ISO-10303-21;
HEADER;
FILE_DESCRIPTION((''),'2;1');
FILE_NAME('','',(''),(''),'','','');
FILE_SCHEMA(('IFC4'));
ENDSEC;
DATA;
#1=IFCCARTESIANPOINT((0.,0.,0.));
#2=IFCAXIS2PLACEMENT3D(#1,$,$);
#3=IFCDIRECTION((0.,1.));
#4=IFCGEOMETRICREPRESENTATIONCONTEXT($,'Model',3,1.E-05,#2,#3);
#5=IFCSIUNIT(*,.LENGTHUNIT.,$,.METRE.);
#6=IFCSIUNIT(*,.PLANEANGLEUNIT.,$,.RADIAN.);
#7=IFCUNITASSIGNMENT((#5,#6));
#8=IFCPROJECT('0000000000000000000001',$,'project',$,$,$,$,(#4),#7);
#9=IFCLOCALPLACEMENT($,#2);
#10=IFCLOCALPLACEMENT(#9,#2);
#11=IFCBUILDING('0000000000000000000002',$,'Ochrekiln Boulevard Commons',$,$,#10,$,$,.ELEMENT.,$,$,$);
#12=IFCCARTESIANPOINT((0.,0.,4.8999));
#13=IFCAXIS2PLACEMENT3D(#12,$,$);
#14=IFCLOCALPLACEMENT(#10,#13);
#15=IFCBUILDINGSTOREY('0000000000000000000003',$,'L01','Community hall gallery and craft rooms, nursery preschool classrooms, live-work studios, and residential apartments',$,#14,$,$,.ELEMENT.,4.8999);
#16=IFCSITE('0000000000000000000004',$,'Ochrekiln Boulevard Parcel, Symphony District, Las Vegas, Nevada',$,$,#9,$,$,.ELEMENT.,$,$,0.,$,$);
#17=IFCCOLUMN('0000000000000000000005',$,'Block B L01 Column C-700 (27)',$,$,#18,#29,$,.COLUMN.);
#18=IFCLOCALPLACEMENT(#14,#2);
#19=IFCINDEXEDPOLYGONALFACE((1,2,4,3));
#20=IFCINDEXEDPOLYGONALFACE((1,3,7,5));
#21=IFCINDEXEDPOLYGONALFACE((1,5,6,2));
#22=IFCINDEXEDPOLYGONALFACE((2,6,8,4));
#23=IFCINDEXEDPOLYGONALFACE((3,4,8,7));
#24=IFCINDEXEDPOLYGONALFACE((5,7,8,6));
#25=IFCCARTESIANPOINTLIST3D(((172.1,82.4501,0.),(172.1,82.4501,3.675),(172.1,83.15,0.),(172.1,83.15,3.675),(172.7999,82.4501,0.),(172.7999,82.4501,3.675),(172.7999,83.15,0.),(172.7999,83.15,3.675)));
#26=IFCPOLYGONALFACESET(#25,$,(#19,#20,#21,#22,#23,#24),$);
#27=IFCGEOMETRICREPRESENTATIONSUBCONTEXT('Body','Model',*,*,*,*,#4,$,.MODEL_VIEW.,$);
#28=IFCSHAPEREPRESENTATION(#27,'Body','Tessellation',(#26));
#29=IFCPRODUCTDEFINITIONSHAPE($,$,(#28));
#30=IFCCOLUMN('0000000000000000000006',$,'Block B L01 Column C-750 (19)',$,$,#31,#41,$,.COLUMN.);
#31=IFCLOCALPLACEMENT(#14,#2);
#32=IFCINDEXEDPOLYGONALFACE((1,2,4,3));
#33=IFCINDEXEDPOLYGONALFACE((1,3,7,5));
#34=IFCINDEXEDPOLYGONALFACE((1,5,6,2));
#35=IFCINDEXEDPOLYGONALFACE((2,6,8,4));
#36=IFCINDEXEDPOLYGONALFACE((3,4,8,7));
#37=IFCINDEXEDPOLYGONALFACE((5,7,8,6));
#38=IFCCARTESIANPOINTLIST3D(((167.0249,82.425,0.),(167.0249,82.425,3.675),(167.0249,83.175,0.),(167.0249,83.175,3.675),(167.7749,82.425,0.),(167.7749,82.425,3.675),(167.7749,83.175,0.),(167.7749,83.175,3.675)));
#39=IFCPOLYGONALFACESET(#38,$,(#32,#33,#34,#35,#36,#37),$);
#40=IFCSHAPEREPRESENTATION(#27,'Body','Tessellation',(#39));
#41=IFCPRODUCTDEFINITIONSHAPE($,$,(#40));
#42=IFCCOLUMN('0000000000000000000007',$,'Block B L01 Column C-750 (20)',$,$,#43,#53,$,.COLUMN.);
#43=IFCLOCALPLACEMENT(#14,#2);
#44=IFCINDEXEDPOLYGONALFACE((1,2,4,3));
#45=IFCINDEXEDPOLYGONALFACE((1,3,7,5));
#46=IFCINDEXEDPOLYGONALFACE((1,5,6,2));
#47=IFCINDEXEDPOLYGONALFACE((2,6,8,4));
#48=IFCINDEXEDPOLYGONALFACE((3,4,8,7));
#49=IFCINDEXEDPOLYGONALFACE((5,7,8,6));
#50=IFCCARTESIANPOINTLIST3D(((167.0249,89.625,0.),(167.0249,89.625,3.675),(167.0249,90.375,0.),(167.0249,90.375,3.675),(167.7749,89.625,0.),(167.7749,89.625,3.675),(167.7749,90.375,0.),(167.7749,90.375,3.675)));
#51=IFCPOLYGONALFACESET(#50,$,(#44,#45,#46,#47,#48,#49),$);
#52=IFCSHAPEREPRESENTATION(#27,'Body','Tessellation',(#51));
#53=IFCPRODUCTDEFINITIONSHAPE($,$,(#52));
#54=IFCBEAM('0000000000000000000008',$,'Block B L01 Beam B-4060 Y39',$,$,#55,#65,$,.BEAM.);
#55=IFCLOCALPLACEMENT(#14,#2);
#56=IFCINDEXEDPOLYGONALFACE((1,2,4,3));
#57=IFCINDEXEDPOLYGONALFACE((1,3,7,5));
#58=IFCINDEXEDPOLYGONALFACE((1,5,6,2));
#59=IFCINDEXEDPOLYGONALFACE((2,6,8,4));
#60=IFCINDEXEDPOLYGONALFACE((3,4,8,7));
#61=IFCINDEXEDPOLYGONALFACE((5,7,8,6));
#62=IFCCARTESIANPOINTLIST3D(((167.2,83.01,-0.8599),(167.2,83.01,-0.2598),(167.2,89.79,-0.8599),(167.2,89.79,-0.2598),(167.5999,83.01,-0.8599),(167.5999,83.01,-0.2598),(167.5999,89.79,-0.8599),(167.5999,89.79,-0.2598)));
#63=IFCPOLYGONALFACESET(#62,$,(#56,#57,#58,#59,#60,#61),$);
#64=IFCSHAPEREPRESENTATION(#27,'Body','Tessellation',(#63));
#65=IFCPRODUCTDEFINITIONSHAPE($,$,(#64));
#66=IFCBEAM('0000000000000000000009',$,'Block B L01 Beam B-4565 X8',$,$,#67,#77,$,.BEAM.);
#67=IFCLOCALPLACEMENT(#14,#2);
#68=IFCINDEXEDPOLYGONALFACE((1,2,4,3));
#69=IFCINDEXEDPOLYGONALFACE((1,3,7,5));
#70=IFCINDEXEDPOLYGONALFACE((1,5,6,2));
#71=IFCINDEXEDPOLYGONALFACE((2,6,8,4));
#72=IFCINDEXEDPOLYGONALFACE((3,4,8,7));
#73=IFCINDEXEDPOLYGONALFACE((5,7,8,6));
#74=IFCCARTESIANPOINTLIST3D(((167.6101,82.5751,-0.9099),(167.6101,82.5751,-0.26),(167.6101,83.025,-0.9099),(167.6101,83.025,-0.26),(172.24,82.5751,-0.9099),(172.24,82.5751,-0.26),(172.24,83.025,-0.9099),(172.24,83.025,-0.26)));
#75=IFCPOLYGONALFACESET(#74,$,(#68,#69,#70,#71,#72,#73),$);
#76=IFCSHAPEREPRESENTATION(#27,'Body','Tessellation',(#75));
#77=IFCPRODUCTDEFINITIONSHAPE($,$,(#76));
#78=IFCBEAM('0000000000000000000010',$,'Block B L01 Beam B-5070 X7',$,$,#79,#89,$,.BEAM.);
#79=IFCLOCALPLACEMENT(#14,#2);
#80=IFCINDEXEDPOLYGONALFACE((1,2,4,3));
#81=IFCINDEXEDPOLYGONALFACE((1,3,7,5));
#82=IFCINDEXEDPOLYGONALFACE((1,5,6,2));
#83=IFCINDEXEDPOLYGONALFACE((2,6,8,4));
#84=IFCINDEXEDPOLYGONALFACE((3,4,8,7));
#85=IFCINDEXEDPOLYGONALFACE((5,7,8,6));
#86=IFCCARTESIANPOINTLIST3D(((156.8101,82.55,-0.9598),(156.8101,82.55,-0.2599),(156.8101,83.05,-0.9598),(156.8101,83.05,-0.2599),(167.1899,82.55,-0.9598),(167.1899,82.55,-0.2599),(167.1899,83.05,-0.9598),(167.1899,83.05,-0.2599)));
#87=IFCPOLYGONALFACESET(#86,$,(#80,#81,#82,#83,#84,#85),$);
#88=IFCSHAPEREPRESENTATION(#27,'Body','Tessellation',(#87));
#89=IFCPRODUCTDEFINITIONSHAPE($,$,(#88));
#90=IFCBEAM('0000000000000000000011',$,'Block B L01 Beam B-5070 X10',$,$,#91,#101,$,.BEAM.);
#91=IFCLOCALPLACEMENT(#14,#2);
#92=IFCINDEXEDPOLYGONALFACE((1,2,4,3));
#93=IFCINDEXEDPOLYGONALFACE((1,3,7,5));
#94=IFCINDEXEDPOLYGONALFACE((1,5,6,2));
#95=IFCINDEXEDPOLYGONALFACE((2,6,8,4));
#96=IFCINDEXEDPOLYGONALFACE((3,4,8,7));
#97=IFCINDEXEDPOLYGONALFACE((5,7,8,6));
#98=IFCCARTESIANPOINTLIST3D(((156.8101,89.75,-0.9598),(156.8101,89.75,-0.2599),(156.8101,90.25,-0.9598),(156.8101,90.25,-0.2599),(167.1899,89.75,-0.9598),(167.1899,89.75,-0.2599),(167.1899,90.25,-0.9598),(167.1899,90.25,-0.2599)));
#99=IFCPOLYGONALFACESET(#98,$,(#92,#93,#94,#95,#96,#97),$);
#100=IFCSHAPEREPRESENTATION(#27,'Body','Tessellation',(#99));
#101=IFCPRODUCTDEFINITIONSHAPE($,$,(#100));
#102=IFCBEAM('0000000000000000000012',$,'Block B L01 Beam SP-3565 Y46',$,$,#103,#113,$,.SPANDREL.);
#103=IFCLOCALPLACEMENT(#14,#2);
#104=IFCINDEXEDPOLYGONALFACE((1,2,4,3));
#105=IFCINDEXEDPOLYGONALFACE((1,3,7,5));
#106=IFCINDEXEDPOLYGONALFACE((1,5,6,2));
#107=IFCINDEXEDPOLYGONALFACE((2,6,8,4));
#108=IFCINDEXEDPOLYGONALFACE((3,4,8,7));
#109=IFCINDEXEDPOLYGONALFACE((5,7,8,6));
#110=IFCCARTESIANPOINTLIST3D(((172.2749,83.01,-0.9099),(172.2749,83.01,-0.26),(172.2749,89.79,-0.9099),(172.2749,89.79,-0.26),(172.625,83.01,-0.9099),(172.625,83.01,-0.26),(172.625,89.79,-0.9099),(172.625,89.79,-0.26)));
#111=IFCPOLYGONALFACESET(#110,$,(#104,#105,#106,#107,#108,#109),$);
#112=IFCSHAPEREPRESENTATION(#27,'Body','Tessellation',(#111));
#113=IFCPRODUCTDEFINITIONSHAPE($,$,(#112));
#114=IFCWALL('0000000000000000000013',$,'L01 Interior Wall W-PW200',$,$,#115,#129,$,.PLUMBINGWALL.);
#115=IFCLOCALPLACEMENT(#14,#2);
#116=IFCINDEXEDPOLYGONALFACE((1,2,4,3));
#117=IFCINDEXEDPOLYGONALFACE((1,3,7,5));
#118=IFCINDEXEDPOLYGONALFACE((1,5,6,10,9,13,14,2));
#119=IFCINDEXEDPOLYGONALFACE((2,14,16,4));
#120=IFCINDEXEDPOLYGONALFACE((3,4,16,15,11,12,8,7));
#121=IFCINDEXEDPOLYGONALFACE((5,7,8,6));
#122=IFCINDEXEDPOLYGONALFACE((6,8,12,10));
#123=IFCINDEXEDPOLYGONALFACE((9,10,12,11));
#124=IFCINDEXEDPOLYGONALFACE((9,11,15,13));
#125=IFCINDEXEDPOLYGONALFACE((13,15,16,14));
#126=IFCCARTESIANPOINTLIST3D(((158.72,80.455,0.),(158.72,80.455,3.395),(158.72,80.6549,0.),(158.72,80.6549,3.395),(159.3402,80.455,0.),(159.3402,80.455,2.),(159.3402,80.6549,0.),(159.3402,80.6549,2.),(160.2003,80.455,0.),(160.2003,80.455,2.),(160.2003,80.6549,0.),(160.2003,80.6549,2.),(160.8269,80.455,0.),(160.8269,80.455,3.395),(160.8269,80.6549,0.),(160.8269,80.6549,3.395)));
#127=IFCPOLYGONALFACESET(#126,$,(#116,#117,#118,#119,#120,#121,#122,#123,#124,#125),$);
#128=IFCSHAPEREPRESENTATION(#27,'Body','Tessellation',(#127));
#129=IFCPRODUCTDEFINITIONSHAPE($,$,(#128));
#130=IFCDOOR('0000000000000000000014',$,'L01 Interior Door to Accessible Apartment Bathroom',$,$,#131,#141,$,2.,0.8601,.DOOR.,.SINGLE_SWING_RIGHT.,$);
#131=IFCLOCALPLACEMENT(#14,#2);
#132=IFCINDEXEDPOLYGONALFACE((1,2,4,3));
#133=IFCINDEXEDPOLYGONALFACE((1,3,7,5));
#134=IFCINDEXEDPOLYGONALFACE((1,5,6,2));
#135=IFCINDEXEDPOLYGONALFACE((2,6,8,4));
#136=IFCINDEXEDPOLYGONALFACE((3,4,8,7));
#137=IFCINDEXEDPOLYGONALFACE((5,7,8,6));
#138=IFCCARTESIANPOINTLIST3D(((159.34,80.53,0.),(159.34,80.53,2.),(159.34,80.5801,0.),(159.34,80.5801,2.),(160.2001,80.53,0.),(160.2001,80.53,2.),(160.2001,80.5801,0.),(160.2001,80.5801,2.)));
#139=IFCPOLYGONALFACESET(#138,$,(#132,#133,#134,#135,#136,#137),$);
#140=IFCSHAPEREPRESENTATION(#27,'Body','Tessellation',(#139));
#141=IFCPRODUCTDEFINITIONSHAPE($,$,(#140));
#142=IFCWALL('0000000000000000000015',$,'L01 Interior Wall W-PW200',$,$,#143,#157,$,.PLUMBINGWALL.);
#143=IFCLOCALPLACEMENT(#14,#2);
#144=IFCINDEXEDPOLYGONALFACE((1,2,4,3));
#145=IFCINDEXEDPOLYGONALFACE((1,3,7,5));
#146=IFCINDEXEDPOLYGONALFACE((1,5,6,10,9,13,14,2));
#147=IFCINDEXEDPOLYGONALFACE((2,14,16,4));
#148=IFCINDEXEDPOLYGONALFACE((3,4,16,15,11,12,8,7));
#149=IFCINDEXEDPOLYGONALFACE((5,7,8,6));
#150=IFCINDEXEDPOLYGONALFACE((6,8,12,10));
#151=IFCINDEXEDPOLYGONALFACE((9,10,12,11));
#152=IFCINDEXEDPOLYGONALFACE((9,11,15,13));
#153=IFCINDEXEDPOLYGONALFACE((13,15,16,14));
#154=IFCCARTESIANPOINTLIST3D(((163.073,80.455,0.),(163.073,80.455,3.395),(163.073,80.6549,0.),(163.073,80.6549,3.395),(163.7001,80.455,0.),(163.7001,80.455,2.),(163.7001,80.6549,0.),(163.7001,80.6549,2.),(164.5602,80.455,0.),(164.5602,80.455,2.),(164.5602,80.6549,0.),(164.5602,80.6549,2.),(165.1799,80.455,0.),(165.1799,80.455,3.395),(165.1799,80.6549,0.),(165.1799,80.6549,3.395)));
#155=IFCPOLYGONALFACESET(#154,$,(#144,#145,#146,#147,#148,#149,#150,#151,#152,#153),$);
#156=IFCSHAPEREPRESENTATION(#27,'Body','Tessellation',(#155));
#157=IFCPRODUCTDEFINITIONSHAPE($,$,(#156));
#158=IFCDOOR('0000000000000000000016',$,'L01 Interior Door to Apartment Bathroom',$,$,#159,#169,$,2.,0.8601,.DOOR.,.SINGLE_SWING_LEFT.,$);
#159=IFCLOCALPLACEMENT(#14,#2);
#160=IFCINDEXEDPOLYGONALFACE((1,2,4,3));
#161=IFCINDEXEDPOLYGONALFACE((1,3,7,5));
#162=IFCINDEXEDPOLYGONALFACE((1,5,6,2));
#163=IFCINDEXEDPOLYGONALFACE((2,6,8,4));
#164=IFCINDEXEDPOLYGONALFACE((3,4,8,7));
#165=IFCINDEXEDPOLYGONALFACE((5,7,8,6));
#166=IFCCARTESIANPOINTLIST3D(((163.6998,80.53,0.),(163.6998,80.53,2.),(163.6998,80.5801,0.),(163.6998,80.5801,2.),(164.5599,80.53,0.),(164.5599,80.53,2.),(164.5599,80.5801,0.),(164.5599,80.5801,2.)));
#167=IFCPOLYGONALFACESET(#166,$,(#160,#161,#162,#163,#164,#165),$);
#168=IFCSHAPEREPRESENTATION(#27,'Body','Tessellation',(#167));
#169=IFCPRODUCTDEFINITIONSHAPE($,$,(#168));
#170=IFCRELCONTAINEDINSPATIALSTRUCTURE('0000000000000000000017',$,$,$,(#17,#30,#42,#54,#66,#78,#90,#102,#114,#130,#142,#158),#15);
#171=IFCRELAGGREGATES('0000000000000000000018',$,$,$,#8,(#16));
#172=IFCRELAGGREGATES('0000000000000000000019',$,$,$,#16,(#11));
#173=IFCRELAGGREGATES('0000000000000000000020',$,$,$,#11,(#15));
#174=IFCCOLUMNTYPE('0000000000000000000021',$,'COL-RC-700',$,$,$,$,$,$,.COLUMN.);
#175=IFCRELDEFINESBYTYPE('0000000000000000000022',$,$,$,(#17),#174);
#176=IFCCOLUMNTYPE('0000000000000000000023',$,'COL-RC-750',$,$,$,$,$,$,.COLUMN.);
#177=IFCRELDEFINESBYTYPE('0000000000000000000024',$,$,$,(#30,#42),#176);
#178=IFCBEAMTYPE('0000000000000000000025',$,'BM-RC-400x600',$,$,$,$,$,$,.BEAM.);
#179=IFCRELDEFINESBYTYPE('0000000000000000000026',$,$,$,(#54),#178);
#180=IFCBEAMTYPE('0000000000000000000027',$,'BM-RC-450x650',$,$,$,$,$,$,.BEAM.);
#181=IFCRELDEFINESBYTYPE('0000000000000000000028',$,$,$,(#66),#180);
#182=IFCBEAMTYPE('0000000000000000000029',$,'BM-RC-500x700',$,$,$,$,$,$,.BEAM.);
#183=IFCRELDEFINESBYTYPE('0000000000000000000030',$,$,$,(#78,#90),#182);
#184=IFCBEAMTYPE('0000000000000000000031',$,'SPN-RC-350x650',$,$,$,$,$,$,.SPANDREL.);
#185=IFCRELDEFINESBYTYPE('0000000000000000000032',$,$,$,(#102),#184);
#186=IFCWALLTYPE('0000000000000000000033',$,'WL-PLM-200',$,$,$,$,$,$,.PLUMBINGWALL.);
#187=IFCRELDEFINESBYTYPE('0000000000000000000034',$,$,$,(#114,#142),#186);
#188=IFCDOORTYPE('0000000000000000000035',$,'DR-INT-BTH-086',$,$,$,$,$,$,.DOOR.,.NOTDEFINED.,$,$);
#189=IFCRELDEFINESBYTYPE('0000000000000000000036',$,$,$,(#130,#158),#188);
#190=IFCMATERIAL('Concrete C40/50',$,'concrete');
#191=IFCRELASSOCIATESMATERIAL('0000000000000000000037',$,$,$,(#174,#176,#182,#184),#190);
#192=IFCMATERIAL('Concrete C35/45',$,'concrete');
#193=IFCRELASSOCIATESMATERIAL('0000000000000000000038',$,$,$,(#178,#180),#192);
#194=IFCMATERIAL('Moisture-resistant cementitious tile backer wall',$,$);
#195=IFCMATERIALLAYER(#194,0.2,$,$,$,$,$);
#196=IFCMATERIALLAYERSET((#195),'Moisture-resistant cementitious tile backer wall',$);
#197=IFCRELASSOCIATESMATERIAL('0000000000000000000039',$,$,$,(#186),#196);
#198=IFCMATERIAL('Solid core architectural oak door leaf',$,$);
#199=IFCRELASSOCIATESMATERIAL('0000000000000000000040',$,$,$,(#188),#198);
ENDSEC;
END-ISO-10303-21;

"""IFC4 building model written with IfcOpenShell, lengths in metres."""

from ifc_helpers import new_model, si_unit, direction, frame, frame_2d, origin, origin_2d, place, context, subcontext, project, spatial, rectangle, extrude, material, layer, layer_set, material_profile, profile_set, type_object, element, fill, save


model = new_model("IFC4")

# Units and contexts
model_context = context("Model", 3, precision=1e-05, world=origin(), true_north=direction((0.0, 1.0)))
body_context = subcontext(model_context, "Body", "Model", "MODEL_VIEW")
ifc_project = project(units=[si_unit("LENGTHUNIT", "METRE"), si_unit("PLANEANGLEUNIT", "RADIAN")], contexts=[model_context])

# Site, building, storey
site_placement = place(None, origin())
site = spatial("IfcSite", under=ifc_project, at=site_placement, Name="Ochrekiln Boulevard Parcel, Symphony District, Las Vegas, Nevada", CompositionType="ELEMENT", RefElevation=0.0)
building_placement = place(site_placement, origin())
building = spatial("IfcBuilding", under=site, at=building_placement, Name="Ochrekiln Boulevard Commons", CompositionType="ELEMENT")
storey_placement = place(building_placement, frame((0.0, 0.0, 4.8999)))
storey = spatial("IfcBuildingStorey", under=building, at=storey_placement, Name="L01", Description="Community hall gallery and craft rooms, nursery preschool classrooms, live-work studios, and residential apartments", CompositionType="ELEMENT", Elevation=4.8999)

# Columns
ifc_material_1 = material(Name="Concrete C40/50", Category="concrete")
ifc_material_profile_1 = material_profile(ifc_material_1, rectangle(XDim=0.7, YDim=0.7, at=origin_2d()), Name="RC-COL-700x700")
ifc_profile_set_1 = profile_set([ifc_material_profile_1], Name="Concrete C40/50")
column_type_1 = type_object("IfcColumnType", Name="COL-RC-700", PredefinedType="COLUMN", material=ifc_profile_set_1)
column_placement = place(storey_placement, frame((172.45, 82.8, 0.0), z_axis=(0.0, 0.0, 1.0), x_axis=(1.0, 0.0, 0.0)))
element("IfcColumn", 1, at=column_placement, inside=storey, type_object=column_type_1, Name="Block B L01 Column C-700 (27)", PredefinedType="COLUMN", context=body_context, shape_type="SweptSolid", body=[
    extrude(rectangle(XDim=0.7, YDim=0.7, at=origin_2d()), origin(), (0.0, 0.0, 1.0), 3.675),
])
ifc_material_profile_2 = material_profile(ifc_material_1, rectangle(XDim=0.75, YDim=0.75, at=origin_2d()), Name="RC-COL-750x750")
ifc_profile_set_2 = profile_set([ifc_material_profile_2], Name="Concrete C40/50")
column_type_2 = type_object("IfcColumnType", Name="COL-RC-750", PredefinedType="COLUMN", material=ifc_profile_set_2)
for number, where, z_axis, x_axis, name in (
    (2, (167.3999, 82.8, 0.0), (0.0, 0.0, 1.0), (1.0, 0.0, 0.0), "Block B L01 Column C-750 (19)"),
    (3, (167.3999, 90.0, 0.0), (0.0, 0.0, 1.0), (1.0, 0.0, 0.0), "Block B L01 Column C-750 (20)"),
):
    element("IfcColumn", number, at=place(storey_placement, frame(where, z_axis=z_axis, x_axis=x_axis)), inside=storey, type_object=column_type_2, Name=name, PredefinedType="COLUMN", context=body_context, shape_type="SweptSolid", body=[
        extrude(rectangle(XDim=0.75, YDim=0.75, at=origin_2d()), origin(), (0.0, 0.0, 1.0), 3.675),
    ])

# Beams
ifc_material_2 = material(Name="Concrete C35/45", Category="concrete")
ifc_material_profile_3 = material_profile(ifc_material_2, rectangle(XDim=0.3999, YDim=0.6001, at=origin_2d()), Name="RC-BM-400x600")
ifc_profile_set_3 = profile_set([ifc_material_profile_3], Name="Concrete C35/45")
beam_type_1 = type_object("IfcBeamType", Name="BM-RC-400x600", PredefinedType="BEAM", material=ifc_profile_set_3)
beam_1_placement = place(storey_placement, frame((167.3999, 83.01, -0.5598), z_axis=(0.0, 1.0, 0.0), x_axis=(-1.0, 0.0, 0.0)))
element("IfcBeam", 4, at=beam_1_placement, inside=storey, type_object=beam_type_1, Name="Block B L01 Beam B-4060 Y39", PredefinedType="BEAM", context=body_context, shape_type="SweptSolid", body=[
    extrude(rectangle(XDim=0.3999, YDim=0.6001, at=origin_2d()), origin(), (0.0, 0.0, 1.0), 6.78),
])
ifc_material_profile_4 = material_profile(ifc_material_2, rectangle(XDim=0.45, YDim=0.6499, at=origin_2d()), Name="RC-BM-450x650")
ifc_profile_set_4 = profile_set([ifc_material_profile_4], Name="Concrete C35/45")
beam_type_2 = type_object("IfcBeamType", Name="BM-RC-450x650", PredefinedType="BEAM", material=ifc_profile_set_4)
beam_2_placement = place(storey_placement, frame((167.6101, 82.8, -0.585), z_axis=(1.0, 0.0, 0.0), x_axis=(0.0, 1.0, 0.0)))
element("IfcBeam", 5, at=beam_2_placement, inside=storey, type_object=beam_type_2, Name="Block B L01 Beam B-4565 X8", PredefinedType="BEAM", context=body_context, shape_type="SweptSolid", body=[
    extrude(rectangle(XDim=0.45, YDim=0.6499, at=origin_2d()), origin(), (0.0, 0.0, 1.0), 4.6299),
])
ifc_material_profile_5 = material_profile(ifc_material_1, rectangle(XDim=0.5, YDim=0.7, at=origin_2d()), Name="RC-BM-500x700")
ifc_profile_set_5 = profile_set([ifc_material_profile_5], Name="Concrete C40/50")
beam_type_3 = type_object("IfcBeamType", Name="BM-RC-500x700", PredefinedType="BEAM", material=ifc_profile_set_5)
for number, where, z_axis, x_axis, name in (
    (6, (156.8101, 82.8, -0.6099), (1.0, 0.0, 0.0), (0.0, 1.0, 0.0), "Block B L01 Beam B-5070 X7"),
    (7, (156.8101, 90.0, -0.6099), (1.0, 0.0, 0.0), (0.0, 1.0, 0.0), "Block B L01 Beam B-5070 X10"),
):
    element("IfcBeam", number, at=place(storey_placement, frame(where, z_axis=z_axis, x_axis=x_axis)), inside=storey, type_object=beam_type_3, Name=name, PredefinedType="BEAM", context=body_context, shape_type="SweptSolid", body=[
        extrude(rectangle(XDim=0.5, YDim=0.7, at=origin_2d()), origin(), (0.0, 0.0, 1.0), 10.3799),
    ])
ifc_material_profile_6 = material_profile(ifc_material_1, rectangle(XDim=0.3501, YDim=0.6499, at=origin_2d()), Name="RC-SPN-350x650")
ifc_profile_set_6 = profile_set([ifc_material_profile_6], Name="Concrete C40/50")
beam_type_4 = type_object("IfcBeamType", Name="SPN-RC-350x650", PredefinedType="SPANDREL", material=ifc_profile_set_6)
beam_3_placement = place(storey_placement, frame((172.45, 83.01, -0.585), z_axis=(0.0, 1.0, 0.0), x_axis=(-1.0, 0.0, 0.0)))
element("IfcBeam", 8, at=beam_3_placement, inside=storey, type_object=beam_type_4, Name="Block B L01 Beam SP-3565 Y46", PredefinedType="SPANDREL", context=body_context, shape_type="SweptSolid", body=[
    extrude(rectangle(XDim=0.3501, YDim=0.6499, at=origin_2d()), origin(), (0.0, 0.0, 1.0), 6.78),
])

# Walls, openings, doors
ifc_material_3 = material(Name="Moisture-resistant cementitious tile backer wall")
ifc_layer_1 = layer(ifc_material_3, 0.2)
ifc_layer_set_1 = layer_set([ifc_layer_1], Name="Moisture-resistant cementitious tile backer wall")
wall_type_1 = type_object("IfcWallType", Name="WL-PLM-200", PredefinedType="PLUMBINGWALL", material=ifc_layer_set_1)
wall_1_placement = place(storey_placement, frame((158.72, 80.5549, 0.0), z_axis=(0.0, 0.0, 1.0), x_axis=(1.0, 0.0, 0.0)))
wall_1 = element("IfcWall", 9, at=wall_1_placement, inside=storey, type_object=wall_type_1, Name="L01 Interior Wall W-PW200", PredefinedType="PLUMBINGWALL", context=body_context, shape_type="SweptSolid", body=[
    extrude(rectangle(XDim=2.1069, YDim=0.2, at=frame_2d((1.0535, 0.0))), origin(), (0.0, 0.0, 1.0), 3.395),
])
opening_1_placement = place(wall_1_placement, frame((0.6201, 0.0, 0.0)))
opening_1 = element("IfcOpeningElement", 10, at=opening_1_placement, cuts=wall_1, PredefinedType="OPENING", context=body_context, shape_type="SweptSolid", body=[
    extrude(rectangle(XDim=0.8601, YDim=2.0, at=frame_2d((0.4302, 1.0))), frame((0.0, 0.1099, 0.0), z_axis=(0.0, -1.0, 0.0), x_axis=(1.0, 0.0, 0.0)), (0.0, 0.0, 1.0), 0.22),
])
ifc_material_4 = material(Name="Solid core architectural oak door leaf")
door_type_1 = type_object("IfcDoorType", Name="DR-INT-BTH-086", OperationType="NOTDEFINED", PredefinedType="DOOR", material=ifc_material_4)
door_1_placement = place(opening_1_placement, frame((0.8601, 0.0, 0.0), z_axis=(0.0, 0.0, 1.0), x_axis=(-1.0, 0.0, 0.0)))
door_1 = element("IfcDoor", 11, at=door_1_placement, inside=storey, type_object=door_type_1, Name="L01 Interior Door to Accessible Apartment Bathroom", OperationType="SINGLE_SWING_RIGHT", OverallHeight=2.0, OverallWidth=0.8601, PredefinedType="DOOR", context=body_context, shape_type="SweptSolid", body=[
    extrude(rectangle(XDim=0.8601, YDim=2.0, at=frame_2d((0.4302, 1.0))), frame((0.0, 0.0249, 0.0), z_axis=(0.0, -1.0, 0.0), x_axis=(1.0, 0.0, 0.0)), (0.0, 0.0, 1.0), 0.05),
])
fill(opening_1, door_1)
wall_2_placement = place(storey_placement, frame((163.073, 80.5549, 0.0), z_axis=(0.0, 0.0, 1.0), x_axis=(1.0, 0.0, 0.0)))
wall_2 = element("IfcWall", 12, at=wall_2_placement, inside=storey, type_object=wall_type_1, Name="L01 Interior Wall W-PW200", PredefinedType="PLUMBINGWALL", context=body_context, shape_type="SweptSolid", body=[
    extrude(rectangle(XDim=2.1069, YDim=0.2, at=frame_2d((1.0535, 0.0))), origin(), (0.0, 0.0, 1.0), 3.395),
])
opening_2_placement = place(wall_2_placement, frame((0.627, 0.0, 0.0)))
opening_2 = element("IfcOpeningElement", 13, at=opening_2_placement, cuts=wall_2, PredefinedType="OPENING", context=body_context, shape_type="SweptSolid", body=[
    extrude(rectangle(XDim=0.8601, YDim=2.0, at=frame_2d((0.4302, 1.0))), frame((0.0, 0.1099, 0.0), z_axis=(0.0, -1.0, 0.0), x_axis=(1.0, 0.0, 0.0)), (0.0, 0.0, 1.0), 0.22),
])
door_2_placement = place(opening_2_placement, frame((0.8601, 0.0, 0.0), z_axis=(0.0, 0.0, 1.0), x_axis=(-1.0, 0.0, 0.0)))
door_2 = element("IfcDoor", 14, at=door_2_placement, inside=storey, type_object=door_type_1, Name="L01 Interior Door to Apartment Bathroom", OperationType="SINGLE_SWING_LEFT", OverallHeight=2.0, OverallWidth=0.8601, PredefinedType="DOOR", context=body_context, shape_type="SweptSolid", body=[
    extrude(rectangle(XDim=0.8601, YDim=2.0, at=frame_2d((0.4302, 1.0))), frame((0.0, 0.0249, 0.0), z_axis=(0.0, -1.0, 0.0), x_axis=(1.0, 0.0, 0.0)), (0.0, 0.0, 1.0), 0.05),
])
fill(opening_2, door_2)

save(model, "model.ifc")
